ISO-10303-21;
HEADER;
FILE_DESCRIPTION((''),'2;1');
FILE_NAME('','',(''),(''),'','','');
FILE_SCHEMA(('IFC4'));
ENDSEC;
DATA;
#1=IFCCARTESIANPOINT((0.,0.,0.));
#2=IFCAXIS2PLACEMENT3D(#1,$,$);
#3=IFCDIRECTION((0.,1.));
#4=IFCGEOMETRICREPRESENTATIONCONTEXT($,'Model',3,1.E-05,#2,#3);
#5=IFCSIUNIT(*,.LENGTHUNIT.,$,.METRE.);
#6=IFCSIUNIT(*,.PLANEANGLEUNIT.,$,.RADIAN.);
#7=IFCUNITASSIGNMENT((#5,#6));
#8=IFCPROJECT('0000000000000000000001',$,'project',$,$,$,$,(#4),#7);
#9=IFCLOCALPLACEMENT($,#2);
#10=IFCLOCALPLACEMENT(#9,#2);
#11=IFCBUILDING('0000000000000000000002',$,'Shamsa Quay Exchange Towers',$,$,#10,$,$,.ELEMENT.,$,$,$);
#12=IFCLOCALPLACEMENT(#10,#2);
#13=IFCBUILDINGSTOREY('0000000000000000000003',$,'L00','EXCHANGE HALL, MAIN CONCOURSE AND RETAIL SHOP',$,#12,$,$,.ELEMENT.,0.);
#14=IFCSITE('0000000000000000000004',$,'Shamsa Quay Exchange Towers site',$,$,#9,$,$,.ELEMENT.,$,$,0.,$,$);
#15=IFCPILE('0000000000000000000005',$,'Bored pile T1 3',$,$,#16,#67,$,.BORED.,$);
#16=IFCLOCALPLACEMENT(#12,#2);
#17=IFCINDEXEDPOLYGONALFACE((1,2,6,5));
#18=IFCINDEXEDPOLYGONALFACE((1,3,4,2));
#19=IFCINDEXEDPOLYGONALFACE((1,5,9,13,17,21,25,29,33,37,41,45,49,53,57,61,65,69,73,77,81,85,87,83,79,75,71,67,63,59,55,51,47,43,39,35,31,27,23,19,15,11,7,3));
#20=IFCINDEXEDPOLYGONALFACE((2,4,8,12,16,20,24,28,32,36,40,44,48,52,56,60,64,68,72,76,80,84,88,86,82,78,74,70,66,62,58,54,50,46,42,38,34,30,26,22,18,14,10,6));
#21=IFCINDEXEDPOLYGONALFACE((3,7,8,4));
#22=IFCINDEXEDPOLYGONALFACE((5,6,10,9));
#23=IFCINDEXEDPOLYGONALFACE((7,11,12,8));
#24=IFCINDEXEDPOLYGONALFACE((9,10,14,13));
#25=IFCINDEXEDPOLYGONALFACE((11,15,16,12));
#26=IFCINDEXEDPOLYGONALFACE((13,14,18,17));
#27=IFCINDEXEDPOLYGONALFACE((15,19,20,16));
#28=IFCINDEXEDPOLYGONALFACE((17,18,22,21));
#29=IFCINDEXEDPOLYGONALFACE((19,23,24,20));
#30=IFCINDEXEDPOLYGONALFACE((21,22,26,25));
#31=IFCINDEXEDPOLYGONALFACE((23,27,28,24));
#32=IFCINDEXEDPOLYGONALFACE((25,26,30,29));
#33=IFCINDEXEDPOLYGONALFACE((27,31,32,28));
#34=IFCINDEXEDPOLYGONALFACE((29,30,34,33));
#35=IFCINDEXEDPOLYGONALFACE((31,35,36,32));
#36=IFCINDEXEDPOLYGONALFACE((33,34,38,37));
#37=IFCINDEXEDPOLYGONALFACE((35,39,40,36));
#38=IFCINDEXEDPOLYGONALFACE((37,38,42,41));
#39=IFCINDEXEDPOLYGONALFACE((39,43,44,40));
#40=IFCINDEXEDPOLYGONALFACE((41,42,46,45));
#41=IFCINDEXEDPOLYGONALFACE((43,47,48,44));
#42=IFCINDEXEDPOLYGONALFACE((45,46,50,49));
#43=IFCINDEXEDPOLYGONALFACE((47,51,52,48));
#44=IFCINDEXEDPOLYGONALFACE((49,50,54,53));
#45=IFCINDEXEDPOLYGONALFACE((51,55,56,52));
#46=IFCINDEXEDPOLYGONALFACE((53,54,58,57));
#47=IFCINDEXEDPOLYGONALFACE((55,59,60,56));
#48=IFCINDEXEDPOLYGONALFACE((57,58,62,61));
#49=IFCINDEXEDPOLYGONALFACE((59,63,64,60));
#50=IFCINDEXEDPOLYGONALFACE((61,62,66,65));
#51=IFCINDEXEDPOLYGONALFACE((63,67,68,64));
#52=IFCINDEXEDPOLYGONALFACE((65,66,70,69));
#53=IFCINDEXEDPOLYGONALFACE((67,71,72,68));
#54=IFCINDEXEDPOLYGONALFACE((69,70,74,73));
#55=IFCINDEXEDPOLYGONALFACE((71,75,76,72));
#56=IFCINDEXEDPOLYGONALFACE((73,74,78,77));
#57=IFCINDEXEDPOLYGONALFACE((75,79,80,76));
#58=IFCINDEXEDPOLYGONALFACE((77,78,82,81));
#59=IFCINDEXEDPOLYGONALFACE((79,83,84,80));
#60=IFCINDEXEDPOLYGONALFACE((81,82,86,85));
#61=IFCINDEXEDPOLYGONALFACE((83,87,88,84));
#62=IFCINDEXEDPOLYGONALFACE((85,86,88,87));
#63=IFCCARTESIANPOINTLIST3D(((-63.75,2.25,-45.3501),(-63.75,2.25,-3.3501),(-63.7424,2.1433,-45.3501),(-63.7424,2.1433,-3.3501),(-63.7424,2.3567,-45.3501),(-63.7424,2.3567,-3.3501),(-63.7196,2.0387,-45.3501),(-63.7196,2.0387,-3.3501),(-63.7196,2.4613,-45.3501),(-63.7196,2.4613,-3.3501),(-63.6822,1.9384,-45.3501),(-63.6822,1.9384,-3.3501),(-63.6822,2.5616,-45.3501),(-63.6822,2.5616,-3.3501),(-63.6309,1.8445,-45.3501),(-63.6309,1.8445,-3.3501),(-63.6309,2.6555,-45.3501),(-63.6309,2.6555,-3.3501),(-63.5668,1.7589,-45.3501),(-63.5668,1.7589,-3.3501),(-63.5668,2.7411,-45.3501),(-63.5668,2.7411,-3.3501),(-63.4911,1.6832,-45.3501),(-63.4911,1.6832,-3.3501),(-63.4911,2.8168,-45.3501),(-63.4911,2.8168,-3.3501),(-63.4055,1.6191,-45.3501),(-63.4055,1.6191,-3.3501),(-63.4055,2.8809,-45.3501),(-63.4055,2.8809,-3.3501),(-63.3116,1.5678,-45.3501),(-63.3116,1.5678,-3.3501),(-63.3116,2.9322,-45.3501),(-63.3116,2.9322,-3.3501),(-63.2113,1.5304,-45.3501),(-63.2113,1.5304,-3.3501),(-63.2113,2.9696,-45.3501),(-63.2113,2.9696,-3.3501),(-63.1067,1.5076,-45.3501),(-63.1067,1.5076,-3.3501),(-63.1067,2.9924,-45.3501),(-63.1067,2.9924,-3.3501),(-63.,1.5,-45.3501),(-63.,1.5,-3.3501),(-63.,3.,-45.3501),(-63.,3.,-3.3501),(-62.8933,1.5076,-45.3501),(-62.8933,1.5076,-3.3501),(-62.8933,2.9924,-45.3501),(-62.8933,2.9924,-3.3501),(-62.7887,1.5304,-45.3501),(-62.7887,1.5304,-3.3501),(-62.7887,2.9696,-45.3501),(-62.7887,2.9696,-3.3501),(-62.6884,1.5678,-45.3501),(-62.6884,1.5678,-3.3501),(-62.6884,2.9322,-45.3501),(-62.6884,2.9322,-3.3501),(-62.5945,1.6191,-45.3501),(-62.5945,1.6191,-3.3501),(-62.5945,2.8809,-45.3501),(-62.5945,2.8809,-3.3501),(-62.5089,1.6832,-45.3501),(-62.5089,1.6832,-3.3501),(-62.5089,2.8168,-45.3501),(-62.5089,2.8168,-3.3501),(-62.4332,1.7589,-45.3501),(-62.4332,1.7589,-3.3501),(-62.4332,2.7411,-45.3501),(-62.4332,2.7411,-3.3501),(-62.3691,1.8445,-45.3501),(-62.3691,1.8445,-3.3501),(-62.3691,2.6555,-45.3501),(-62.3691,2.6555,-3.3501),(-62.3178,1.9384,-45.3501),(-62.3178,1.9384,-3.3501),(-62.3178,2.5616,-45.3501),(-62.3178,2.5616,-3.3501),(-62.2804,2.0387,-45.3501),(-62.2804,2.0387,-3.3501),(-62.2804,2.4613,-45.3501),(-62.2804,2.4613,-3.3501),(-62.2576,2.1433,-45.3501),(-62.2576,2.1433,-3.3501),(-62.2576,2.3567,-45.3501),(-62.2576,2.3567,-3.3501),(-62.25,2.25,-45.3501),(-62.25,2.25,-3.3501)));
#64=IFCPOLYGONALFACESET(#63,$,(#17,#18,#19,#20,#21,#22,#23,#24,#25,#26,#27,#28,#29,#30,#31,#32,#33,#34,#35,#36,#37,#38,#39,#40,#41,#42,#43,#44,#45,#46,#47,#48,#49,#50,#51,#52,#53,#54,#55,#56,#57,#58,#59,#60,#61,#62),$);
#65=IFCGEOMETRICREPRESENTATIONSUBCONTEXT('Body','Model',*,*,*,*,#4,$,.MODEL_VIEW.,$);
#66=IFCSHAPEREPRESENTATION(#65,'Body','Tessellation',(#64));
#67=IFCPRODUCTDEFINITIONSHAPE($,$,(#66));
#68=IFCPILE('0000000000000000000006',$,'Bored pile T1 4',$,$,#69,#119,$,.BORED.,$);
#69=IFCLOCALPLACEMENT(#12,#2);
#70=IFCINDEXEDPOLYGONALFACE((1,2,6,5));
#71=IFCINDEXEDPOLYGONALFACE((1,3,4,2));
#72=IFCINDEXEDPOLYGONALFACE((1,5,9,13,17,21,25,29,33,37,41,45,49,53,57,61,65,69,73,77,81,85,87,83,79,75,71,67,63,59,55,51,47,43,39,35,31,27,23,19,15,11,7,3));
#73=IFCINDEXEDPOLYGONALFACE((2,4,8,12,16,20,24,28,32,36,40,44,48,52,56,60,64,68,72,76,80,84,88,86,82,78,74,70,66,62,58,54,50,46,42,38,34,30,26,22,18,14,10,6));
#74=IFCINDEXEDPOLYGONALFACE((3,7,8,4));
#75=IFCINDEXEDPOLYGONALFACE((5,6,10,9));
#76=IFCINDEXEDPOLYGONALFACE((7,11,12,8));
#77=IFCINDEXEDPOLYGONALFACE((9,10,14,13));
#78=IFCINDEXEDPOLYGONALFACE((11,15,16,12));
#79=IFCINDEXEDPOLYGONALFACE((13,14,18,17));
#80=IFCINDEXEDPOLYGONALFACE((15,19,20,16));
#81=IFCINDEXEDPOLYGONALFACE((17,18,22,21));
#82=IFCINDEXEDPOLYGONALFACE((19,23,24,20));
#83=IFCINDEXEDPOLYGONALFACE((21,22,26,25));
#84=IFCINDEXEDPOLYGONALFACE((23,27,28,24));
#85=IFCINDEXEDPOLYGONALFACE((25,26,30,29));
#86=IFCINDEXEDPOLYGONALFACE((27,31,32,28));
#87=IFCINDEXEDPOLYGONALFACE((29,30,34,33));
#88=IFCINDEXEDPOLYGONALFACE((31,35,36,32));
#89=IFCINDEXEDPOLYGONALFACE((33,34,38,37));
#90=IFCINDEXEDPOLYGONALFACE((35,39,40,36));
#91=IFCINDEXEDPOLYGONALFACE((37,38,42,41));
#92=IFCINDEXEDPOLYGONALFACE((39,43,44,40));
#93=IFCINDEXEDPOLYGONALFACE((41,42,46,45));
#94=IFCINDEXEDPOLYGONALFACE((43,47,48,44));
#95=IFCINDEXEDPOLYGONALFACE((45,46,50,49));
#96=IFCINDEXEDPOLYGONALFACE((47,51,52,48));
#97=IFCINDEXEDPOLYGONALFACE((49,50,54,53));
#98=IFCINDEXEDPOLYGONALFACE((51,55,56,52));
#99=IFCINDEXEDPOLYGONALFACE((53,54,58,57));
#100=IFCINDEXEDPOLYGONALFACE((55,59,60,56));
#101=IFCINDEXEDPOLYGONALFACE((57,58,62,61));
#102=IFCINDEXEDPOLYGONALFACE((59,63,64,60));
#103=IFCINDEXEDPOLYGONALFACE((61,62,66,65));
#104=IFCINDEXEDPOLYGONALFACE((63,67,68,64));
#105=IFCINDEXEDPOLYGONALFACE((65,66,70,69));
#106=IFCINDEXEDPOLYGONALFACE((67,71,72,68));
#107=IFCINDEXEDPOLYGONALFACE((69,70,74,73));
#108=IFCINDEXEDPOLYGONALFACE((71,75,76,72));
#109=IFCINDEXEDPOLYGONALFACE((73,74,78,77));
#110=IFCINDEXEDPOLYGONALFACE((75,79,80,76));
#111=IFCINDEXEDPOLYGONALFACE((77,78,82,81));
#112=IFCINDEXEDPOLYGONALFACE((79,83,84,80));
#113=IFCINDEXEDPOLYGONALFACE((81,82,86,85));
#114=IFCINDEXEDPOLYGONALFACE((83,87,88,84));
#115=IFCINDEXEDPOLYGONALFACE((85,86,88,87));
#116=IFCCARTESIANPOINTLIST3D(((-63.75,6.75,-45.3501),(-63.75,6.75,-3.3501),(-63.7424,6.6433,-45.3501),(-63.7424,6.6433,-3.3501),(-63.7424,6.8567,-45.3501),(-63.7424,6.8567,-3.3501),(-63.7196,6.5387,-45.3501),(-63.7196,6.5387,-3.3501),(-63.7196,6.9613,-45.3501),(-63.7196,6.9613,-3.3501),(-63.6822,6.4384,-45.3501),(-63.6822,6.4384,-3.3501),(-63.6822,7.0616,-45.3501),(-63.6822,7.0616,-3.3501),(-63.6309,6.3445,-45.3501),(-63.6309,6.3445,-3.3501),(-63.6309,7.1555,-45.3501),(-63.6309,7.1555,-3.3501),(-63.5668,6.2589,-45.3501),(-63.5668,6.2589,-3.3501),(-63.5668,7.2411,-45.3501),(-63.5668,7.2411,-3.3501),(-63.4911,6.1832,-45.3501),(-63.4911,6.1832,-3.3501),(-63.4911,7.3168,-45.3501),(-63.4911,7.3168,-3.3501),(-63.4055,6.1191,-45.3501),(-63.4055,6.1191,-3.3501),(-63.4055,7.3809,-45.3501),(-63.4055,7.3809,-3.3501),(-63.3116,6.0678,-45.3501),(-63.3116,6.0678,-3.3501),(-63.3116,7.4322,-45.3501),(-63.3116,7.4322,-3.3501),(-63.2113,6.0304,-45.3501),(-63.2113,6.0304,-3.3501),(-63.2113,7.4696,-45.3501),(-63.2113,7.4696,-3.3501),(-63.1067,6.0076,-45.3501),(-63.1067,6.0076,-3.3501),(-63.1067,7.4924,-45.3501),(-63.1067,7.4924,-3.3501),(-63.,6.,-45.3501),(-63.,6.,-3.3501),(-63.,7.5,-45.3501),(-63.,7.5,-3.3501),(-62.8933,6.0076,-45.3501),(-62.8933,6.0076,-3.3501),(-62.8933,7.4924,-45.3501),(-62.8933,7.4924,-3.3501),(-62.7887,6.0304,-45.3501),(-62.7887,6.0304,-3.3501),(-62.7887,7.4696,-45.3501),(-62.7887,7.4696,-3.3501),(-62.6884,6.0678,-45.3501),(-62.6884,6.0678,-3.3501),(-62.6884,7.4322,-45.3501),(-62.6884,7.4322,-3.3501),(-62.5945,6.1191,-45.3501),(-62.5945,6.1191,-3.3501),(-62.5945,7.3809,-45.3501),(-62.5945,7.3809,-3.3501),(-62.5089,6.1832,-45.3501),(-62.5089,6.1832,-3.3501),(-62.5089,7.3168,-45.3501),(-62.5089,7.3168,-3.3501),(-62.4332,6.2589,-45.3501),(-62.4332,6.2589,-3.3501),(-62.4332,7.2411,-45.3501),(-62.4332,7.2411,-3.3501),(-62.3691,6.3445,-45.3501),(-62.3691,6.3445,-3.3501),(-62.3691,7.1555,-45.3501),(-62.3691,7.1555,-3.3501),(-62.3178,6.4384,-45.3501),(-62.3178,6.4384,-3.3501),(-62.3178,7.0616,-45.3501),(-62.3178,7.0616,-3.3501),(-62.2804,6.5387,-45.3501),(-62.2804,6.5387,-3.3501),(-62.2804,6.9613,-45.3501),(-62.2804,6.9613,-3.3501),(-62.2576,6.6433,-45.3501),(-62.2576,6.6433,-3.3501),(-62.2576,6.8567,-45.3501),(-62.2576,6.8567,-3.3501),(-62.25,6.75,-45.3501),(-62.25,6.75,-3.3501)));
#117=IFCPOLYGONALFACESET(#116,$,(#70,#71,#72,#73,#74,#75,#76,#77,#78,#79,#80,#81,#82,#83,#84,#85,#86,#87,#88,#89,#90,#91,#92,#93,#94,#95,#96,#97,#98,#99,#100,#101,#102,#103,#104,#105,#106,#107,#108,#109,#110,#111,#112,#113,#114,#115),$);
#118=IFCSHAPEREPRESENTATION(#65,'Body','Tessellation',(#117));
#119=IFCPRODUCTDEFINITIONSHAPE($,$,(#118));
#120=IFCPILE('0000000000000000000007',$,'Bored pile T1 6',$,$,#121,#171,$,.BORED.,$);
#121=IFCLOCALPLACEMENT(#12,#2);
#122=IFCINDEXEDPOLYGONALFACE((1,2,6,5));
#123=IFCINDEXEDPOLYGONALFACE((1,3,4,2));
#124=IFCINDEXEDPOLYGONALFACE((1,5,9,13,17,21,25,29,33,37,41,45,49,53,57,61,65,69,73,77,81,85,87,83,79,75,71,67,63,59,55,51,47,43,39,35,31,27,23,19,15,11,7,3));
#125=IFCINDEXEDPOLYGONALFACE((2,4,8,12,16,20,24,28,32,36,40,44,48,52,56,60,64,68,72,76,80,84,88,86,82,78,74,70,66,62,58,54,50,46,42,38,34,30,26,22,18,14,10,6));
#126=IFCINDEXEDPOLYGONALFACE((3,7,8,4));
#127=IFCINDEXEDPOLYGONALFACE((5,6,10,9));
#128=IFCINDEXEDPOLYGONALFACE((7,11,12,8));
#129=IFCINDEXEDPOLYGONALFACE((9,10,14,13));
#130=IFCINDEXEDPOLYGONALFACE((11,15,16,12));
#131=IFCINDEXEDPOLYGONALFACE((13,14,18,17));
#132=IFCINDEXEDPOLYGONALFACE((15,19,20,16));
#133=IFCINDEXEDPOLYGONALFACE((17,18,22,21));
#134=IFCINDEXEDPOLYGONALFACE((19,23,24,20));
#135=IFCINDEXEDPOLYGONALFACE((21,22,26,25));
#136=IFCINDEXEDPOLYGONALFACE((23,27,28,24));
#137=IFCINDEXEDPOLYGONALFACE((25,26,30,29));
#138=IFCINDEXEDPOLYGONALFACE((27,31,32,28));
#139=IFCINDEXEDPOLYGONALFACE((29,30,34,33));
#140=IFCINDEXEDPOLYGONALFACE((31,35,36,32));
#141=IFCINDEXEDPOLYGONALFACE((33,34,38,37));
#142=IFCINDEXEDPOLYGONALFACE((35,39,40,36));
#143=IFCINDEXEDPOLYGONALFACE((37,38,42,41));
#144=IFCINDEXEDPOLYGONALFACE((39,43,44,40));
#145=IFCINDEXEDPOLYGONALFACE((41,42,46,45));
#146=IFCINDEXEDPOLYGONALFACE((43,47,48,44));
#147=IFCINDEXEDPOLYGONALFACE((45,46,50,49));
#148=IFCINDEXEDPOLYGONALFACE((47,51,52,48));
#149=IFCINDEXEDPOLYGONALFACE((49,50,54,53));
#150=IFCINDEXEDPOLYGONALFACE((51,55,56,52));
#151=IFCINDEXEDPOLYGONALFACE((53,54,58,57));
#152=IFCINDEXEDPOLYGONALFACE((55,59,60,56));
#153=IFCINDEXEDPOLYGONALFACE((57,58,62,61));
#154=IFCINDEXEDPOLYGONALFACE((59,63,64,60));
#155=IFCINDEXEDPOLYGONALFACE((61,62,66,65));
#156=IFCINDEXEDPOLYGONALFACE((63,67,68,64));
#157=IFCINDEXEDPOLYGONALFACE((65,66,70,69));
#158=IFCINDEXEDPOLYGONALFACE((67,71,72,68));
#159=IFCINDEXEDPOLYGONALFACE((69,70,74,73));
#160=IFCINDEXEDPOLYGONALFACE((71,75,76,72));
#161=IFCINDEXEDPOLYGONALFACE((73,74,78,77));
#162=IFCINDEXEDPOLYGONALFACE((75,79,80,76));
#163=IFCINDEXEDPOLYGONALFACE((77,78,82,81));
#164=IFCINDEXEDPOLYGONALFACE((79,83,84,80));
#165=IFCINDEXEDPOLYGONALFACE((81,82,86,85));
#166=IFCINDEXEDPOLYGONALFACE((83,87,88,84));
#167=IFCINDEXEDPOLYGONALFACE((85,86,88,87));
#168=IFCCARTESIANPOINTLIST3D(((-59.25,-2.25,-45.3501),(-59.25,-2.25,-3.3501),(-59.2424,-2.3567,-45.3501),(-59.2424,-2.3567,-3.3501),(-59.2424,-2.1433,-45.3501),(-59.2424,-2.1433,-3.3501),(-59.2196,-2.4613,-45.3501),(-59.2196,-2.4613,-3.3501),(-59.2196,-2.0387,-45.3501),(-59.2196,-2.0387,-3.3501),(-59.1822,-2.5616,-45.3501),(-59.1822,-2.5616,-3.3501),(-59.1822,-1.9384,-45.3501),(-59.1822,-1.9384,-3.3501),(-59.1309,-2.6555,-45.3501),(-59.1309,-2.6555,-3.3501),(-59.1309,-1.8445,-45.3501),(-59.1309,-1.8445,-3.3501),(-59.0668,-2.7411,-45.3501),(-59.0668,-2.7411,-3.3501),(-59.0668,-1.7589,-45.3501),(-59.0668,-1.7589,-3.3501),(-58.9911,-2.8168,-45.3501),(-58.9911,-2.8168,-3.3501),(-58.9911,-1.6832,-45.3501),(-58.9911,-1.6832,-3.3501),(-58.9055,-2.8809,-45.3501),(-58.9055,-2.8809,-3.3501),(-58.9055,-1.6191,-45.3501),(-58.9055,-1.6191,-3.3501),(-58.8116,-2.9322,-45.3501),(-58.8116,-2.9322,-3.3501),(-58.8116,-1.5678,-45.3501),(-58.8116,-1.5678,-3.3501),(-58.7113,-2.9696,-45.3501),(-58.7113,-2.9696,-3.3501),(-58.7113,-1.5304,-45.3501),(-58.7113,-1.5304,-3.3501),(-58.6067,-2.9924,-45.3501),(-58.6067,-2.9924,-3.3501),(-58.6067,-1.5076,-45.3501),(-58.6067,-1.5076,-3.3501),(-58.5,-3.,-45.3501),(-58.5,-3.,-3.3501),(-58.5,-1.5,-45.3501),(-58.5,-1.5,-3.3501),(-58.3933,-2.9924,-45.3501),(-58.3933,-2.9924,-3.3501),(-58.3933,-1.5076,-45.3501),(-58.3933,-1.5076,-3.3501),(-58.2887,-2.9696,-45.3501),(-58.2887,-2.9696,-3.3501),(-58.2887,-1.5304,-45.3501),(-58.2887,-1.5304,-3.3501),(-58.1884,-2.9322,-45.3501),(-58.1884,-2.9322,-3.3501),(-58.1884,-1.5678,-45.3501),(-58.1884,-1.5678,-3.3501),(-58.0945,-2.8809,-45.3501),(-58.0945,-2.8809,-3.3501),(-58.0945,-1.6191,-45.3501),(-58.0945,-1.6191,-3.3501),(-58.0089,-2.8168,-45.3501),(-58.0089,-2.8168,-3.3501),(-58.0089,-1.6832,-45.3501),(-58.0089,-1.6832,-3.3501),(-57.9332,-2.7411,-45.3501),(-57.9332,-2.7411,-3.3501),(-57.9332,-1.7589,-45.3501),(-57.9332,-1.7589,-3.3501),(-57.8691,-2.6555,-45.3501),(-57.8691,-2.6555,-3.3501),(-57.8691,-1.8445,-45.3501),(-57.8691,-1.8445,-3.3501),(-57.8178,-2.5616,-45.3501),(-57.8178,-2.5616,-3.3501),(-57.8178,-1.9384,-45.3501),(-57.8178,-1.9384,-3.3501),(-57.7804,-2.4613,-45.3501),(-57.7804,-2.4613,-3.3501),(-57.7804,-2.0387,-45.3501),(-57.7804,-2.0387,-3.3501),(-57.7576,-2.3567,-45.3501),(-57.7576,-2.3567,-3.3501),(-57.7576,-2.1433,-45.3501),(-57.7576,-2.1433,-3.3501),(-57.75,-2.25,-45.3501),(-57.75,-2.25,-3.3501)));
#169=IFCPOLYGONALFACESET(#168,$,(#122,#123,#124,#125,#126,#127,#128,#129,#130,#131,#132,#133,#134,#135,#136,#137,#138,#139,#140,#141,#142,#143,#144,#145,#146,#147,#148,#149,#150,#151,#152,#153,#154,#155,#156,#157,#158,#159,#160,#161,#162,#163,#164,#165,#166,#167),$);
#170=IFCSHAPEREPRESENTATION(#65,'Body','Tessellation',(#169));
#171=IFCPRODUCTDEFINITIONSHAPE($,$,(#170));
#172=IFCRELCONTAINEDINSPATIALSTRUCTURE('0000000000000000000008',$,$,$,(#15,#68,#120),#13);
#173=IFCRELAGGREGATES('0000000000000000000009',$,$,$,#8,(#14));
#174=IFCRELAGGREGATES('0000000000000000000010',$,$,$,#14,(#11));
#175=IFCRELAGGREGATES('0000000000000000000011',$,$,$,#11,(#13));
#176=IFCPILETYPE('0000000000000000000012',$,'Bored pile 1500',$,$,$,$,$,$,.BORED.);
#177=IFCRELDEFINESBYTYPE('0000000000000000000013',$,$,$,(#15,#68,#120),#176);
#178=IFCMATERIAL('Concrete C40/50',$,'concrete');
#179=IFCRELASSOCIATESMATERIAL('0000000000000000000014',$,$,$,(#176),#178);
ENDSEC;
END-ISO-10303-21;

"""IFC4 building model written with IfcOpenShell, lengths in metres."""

from ifc_helpers import new_model, si_unit, direction, frame, origin, origin_2d, place, context, subcontext, project, spatial, circle, extrude, material, material_profile, profile_set, type_object, element, save


model = new_model("IFC4")

# Units and contexts
model_context = context("Model", 3, precision=1e-05, world=origin(), true_north=direction((0.0, 1.0)))
body_context = subcontext(model_context, "Body", "Model", "MODEL_VIEW")
ifc_project = project(units=[si_unit("LENGTHUNIT", "METRE"), si_unit("PLANEANGLEUNIT", "RADIAN")], contexts=[model_context])

# Site, building, storey
site_placement = place(None, origin())
site = spatial("IfcSite", under=ifc_project, at=site_placement, Name="Shamsa Quay Exchange Towers site", CompositionType="ELEMENT", RefElevation=0.0)
building_placement = place(site_placement, origin())
building = spatial("IfcBuilding", under=site, at=building_placement, Name="Shamsa Quay Exchange Towers", CompositionType="ELEMENT")
storey_placement = place(building_placement, origin())
storey = spatial("IfcBuildingStorey", under=building, at=storey_placement, Name="L00", Description="EXCHANGE HALL, MAIN CONCOURSE AND RETAIL SHOP", CompositionType="ELEMENT", Elevation=0.0)

# Piles
ifc_material_1 = material(Name="Concrete C40/50", Category="concrete")
ifc_material_profile_1 = material_profile(ifc_material_1, circle(Radius=0.75, at=origin_2d()), Name="BP1500")
ifc_profile_set_1 = profile_set([ifc_material_profile_1], Name="Concrete C40/50")
pile_type_1 = type_object("IfcPileType", Name="Bored pile 1500", PredefinedType="BORED", material=ifc_profile_set_1)
for number, where, z_axis, x_axis, name in (
    (1, (-63.0, 2.25, -3.3501), (0.0, 0.0, -1.0), (1.0, 0.0, 0.0), "Bored pile T1 3"),
    (2, (-63.0, 6.75, -3.3501), (0.0, 0.0, -1.0), (1.0, 0.0, 0.0), "Bored pile T1 4"),
    (3, (-58.5, -2.25, -3.3501), (0.0, 0.0, -1.0), (1.0, 0.0, 0.0), "Bored pile T1 6"),
):
    element("IfcPile", number, at=place(storey_placement, frame(where, z_axis=z_axis, x_axis=x_axis)), inside=storey, type_object=pile_type_1, Name=name, PredefinedType="BORED", context=body_context, shape_type="SweptSolid", body=[
        extrude(circle(Radius=0.75, at=origin_2d()), origin(), (0.0, 0.0, 1.0), 42.0),
    ])

save(model, "model.ifc")
